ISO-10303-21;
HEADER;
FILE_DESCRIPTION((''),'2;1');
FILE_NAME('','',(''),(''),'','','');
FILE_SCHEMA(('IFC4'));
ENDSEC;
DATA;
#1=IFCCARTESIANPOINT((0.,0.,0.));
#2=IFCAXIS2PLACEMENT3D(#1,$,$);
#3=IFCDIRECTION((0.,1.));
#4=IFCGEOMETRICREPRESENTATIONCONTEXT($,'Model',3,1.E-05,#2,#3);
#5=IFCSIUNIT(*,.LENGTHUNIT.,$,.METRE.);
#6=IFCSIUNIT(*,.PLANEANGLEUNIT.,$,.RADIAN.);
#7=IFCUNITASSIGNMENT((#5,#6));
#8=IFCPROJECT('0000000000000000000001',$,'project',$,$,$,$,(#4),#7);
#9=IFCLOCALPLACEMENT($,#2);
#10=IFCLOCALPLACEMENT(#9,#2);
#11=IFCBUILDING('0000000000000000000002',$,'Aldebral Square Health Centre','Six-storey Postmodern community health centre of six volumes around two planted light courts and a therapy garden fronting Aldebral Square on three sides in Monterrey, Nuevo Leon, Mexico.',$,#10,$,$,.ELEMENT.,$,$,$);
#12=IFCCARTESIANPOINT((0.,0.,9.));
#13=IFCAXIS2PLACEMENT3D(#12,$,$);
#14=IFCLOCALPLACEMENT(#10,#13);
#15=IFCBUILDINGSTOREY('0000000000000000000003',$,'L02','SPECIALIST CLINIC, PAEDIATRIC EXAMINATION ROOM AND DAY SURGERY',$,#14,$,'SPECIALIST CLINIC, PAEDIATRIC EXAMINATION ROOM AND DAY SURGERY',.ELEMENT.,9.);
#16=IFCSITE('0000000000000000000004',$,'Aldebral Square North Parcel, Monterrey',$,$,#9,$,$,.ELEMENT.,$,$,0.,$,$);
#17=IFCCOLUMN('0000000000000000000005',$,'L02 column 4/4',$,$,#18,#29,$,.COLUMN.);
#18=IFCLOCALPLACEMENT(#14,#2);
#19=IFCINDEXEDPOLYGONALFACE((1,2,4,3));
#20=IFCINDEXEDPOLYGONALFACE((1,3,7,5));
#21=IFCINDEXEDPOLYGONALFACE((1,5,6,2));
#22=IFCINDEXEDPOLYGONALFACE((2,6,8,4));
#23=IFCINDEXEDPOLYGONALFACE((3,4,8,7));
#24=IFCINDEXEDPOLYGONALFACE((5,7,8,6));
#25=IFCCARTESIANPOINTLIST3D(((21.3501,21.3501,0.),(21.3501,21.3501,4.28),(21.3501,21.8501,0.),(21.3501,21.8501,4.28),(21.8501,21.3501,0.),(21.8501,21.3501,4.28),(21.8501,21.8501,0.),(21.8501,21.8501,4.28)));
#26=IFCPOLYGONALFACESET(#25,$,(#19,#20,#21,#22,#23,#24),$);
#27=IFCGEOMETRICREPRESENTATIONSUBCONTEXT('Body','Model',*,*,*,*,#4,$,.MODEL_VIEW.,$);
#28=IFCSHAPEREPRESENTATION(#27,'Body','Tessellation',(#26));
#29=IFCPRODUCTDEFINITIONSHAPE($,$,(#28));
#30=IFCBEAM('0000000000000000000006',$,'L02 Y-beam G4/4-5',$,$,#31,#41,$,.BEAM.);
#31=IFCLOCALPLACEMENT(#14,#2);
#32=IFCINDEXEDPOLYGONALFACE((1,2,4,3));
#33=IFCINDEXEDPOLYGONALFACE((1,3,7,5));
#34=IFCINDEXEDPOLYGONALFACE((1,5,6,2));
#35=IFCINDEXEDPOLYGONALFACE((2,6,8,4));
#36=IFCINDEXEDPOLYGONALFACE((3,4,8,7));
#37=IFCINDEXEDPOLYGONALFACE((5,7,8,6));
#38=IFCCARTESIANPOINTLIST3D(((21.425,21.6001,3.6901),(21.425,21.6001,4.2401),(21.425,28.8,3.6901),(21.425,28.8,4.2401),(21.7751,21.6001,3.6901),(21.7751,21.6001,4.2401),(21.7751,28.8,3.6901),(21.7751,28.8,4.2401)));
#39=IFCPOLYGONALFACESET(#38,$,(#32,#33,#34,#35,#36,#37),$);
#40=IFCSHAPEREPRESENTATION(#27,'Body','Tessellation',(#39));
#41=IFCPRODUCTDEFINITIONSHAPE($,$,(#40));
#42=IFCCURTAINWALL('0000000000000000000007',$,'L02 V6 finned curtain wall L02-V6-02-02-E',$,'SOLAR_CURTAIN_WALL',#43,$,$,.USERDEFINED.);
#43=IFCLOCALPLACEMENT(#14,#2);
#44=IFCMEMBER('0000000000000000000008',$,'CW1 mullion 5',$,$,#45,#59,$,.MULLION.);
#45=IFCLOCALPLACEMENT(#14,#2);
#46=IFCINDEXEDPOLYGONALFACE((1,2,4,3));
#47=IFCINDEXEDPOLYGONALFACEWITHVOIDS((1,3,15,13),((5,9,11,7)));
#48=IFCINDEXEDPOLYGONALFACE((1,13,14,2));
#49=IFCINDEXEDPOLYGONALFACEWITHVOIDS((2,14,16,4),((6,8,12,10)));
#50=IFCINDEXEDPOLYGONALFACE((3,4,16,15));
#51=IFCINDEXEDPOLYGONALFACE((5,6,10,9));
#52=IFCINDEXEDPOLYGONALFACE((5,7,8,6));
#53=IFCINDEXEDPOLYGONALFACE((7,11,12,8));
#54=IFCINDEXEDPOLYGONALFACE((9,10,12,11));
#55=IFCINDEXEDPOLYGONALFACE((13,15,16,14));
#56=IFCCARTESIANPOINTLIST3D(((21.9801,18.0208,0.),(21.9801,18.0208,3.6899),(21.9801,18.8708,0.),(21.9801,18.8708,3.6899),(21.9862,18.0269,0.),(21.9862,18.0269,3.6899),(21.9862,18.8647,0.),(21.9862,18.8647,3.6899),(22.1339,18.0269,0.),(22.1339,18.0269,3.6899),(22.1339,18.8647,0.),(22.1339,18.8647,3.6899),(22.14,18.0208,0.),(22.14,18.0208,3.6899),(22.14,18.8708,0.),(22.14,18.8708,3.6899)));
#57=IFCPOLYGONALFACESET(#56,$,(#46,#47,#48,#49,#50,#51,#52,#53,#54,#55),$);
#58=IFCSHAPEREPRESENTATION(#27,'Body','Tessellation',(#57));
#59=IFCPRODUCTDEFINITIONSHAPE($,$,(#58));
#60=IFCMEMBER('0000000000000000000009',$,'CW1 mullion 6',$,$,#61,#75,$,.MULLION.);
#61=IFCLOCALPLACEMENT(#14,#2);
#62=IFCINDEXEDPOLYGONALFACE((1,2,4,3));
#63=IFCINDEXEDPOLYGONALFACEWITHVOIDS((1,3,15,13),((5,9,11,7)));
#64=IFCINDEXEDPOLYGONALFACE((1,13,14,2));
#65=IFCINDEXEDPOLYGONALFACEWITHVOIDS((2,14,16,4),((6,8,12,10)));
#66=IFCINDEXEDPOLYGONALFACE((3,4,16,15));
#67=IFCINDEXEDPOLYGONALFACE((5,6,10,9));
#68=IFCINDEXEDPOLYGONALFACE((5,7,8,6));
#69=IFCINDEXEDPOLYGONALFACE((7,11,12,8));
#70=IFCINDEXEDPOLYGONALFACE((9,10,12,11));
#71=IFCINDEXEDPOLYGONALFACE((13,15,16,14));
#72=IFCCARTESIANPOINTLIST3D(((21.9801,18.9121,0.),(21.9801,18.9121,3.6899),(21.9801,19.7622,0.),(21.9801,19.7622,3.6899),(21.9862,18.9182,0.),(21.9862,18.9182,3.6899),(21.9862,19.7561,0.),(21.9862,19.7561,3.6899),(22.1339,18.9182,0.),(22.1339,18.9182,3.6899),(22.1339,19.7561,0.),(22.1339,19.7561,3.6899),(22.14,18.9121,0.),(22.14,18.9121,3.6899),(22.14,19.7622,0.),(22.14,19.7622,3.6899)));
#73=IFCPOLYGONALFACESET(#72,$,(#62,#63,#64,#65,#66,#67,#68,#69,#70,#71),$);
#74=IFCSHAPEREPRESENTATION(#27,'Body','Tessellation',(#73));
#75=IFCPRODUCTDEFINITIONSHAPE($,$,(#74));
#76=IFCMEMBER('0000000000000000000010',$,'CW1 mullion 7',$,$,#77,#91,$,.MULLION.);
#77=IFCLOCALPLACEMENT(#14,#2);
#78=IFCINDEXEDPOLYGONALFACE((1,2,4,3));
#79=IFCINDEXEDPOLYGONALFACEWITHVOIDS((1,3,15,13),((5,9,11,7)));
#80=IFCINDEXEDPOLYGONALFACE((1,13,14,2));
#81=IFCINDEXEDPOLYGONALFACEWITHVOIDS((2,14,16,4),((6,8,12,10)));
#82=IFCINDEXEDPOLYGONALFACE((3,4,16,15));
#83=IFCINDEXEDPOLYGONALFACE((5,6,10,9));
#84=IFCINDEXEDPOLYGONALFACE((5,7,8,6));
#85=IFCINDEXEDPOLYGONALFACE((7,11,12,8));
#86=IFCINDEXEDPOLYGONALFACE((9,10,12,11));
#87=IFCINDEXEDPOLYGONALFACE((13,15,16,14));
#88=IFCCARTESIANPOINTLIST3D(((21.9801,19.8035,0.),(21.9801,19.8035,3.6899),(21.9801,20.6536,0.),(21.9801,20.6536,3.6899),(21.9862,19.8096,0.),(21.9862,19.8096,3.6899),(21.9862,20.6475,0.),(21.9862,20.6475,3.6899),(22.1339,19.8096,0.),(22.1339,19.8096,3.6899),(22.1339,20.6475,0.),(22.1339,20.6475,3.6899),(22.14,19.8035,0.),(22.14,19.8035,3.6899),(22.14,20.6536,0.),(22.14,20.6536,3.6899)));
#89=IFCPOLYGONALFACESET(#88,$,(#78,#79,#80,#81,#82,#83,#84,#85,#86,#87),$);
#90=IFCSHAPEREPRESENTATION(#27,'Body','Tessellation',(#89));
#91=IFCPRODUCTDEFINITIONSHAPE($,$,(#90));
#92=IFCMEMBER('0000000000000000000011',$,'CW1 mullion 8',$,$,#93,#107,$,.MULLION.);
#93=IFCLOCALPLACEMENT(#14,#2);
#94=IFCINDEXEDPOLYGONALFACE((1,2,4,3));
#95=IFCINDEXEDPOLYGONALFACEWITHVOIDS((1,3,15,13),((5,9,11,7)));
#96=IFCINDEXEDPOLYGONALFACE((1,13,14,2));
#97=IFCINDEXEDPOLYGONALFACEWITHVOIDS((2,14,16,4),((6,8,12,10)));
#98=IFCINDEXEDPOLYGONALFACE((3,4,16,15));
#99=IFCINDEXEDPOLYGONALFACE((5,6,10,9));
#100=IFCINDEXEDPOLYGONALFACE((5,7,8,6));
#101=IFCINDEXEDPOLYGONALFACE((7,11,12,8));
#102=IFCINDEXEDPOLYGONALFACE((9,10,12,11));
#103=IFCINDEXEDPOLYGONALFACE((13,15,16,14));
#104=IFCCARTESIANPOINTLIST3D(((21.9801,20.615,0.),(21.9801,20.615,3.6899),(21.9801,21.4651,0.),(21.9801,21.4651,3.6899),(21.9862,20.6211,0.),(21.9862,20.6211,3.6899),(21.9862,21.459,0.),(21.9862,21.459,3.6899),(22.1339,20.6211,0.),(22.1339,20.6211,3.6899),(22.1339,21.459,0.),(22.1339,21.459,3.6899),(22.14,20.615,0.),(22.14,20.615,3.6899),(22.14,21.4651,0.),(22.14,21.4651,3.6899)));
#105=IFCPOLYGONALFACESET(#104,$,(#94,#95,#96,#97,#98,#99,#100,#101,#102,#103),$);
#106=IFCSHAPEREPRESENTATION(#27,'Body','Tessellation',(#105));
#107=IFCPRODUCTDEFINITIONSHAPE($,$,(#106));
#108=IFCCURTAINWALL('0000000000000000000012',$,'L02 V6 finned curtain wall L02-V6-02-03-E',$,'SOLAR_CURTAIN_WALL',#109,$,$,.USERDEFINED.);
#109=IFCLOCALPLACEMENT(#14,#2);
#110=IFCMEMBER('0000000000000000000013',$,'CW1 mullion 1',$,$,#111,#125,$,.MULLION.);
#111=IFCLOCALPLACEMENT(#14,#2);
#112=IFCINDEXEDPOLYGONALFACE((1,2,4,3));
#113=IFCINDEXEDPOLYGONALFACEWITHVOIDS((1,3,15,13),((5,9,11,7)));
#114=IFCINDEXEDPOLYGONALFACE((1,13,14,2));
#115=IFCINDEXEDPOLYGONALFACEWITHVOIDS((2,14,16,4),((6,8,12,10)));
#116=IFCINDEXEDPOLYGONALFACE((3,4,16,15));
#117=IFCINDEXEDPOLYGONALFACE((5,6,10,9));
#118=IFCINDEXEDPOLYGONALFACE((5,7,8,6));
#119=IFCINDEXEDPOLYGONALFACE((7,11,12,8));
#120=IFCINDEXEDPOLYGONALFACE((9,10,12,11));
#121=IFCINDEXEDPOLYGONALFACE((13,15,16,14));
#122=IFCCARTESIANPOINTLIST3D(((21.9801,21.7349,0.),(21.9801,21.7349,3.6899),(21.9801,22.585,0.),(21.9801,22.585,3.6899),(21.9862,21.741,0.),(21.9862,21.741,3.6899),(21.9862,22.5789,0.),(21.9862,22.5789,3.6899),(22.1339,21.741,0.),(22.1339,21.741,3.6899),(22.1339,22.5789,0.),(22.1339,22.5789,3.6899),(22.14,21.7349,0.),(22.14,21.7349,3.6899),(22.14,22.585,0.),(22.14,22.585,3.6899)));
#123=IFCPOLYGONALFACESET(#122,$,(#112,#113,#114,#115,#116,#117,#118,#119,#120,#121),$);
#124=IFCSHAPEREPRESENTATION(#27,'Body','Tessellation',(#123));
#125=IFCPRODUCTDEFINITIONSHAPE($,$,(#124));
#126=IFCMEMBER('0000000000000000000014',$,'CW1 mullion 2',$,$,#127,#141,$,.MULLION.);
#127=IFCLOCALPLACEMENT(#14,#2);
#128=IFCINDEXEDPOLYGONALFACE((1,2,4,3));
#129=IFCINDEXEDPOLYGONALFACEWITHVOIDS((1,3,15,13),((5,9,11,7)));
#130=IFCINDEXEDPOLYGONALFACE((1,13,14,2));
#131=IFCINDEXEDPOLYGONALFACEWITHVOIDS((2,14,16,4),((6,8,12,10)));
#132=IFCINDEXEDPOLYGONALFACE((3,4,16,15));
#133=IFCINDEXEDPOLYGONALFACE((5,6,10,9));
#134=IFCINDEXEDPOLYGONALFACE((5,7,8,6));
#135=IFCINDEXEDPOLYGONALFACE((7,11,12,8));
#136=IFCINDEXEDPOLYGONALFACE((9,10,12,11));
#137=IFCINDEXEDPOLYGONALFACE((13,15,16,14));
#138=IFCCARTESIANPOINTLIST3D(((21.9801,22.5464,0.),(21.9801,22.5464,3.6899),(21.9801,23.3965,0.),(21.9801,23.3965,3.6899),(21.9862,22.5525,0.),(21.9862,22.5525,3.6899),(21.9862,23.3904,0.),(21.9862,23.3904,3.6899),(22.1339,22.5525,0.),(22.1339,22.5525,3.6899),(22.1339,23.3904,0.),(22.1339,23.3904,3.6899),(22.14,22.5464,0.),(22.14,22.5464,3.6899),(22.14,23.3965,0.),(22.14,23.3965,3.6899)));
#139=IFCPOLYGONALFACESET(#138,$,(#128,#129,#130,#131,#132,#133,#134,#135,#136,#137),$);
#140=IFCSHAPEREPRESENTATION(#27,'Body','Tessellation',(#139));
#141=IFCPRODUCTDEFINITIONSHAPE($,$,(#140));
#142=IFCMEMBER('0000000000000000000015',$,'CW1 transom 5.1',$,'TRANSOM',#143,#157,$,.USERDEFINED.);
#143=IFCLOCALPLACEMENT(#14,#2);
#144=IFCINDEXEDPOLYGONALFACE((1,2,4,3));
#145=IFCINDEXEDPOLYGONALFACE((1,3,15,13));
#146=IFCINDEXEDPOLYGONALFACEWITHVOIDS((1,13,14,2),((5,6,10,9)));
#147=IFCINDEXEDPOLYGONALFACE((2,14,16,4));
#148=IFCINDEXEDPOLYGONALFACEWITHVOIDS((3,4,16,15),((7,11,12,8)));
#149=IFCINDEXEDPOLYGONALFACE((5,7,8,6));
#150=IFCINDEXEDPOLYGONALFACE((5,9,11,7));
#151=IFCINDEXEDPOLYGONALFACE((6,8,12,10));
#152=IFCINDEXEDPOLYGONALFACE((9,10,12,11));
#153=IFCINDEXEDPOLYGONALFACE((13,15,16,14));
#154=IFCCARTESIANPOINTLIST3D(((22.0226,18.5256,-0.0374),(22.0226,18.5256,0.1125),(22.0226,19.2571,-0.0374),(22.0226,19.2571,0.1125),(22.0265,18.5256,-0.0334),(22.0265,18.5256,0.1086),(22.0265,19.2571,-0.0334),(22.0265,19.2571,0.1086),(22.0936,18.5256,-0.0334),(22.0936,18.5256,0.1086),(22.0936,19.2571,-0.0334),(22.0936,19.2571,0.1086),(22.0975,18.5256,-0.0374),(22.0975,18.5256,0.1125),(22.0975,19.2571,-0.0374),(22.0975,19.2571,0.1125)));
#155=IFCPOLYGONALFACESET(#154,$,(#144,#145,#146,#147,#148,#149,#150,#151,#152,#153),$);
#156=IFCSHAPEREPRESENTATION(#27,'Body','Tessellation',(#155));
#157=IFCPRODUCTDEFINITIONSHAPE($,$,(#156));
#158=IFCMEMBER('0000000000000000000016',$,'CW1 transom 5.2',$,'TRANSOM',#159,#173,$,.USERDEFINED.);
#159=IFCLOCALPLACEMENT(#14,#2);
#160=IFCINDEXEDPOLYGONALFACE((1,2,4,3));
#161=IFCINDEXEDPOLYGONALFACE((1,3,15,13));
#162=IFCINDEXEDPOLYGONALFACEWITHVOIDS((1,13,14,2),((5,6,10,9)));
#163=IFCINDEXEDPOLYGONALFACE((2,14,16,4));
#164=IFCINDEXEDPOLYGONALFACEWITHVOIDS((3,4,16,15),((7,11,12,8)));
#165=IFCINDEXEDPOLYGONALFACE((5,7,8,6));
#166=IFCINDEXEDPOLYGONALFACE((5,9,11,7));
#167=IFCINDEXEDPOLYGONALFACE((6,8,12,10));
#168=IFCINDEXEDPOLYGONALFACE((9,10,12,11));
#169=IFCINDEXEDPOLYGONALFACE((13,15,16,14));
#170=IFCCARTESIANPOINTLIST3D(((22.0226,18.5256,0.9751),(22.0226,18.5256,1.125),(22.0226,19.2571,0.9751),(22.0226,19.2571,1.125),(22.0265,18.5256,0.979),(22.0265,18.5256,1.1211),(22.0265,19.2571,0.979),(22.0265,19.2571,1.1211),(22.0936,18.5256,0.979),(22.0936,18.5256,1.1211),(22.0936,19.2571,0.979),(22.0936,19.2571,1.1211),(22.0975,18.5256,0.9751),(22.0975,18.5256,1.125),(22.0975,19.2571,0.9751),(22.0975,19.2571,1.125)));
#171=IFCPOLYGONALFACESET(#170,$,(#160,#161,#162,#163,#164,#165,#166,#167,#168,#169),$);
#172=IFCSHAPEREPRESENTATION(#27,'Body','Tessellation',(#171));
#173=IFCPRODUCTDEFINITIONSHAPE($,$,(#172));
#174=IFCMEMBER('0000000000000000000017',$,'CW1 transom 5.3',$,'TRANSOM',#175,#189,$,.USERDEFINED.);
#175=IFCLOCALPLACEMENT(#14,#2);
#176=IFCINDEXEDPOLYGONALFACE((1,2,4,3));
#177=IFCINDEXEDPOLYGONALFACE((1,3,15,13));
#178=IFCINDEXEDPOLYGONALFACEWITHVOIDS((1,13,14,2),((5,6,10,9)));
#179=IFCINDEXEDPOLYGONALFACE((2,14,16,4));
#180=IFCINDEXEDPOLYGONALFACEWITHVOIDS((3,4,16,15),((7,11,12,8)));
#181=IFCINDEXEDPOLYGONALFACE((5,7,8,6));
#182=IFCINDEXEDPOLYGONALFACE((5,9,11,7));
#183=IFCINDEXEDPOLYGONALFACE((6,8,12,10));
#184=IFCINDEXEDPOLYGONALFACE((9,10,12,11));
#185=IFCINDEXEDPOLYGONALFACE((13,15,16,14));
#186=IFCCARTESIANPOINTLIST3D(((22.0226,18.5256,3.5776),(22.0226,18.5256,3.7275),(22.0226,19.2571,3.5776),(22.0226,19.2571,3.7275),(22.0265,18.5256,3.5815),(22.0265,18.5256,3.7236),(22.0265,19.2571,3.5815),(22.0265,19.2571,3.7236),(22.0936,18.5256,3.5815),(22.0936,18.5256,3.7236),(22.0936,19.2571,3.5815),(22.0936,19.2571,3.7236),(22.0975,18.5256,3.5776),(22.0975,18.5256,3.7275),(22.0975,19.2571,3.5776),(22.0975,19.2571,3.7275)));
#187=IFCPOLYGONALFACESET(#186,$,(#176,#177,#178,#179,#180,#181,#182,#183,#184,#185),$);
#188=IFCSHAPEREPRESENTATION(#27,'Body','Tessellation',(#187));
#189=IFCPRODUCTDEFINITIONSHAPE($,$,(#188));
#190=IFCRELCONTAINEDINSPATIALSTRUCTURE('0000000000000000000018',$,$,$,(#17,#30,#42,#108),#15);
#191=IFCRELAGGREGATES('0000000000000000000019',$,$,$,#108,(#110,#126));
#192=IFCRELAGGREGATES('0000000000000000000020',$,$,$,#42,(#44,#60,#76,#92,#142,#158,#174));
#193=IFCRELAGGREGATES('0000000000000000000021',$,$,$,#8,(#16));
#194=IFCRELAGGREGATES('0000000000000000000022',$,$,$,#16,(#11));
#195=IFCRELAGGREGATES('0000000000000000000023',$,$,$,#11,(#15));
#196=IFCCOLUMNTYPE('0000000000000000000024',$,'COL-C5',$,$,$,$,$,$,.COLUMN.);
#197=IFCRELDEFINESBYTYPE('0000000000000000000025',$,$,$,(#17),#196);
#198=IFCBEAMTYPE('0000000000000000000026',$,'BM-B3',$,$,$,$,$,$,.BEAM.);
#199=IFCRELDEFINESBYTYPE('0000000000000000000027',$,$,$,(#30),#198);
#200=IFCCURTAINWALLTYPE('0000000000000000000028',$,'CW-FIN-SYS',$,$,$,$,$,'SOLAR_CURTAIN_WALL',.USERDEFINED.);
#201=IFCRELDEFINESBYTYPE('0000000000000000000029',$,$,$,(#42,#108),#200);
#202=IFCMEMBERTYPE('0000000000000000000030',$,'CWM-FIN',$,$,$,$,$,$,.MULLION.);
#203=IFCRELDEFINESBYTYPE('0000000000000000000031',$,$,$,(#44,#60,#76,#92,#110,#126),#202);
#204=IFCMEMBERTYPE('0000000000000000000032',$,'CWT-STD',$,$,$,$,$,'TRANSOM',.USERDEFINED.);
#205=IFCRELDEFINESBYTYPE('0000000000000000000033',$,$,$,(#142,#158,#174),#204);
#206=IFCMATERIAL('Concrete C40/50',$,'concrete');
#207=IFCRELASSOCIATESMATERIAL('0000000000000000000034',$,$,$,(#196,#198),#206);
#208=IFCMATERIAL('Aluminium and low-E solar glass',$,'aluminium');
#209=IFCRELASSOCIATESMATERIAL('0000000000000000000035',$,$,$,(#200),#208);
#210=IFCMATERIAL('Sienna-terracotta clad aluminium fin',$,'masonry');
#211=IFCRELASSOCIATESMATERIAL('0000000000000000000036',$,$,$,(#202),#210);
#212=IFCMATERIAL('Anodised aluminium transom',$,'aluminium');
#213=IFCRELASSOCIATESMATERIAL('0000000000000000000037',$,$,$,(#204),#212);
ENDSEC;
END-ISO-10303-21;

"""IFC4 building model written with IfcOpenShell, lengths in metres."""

from ifc_helpers import new_model, si_unit, direction, frame, origin, origin_2d, place, context, subcontext, project, spatial, rectangle, hollow_rectangle, extrude, material, material_profile, profile_set, type_object, element, aggregate, save


model = new_model("IFC4")

# Units and contexts
model_context = context("Model", 3, precision=1e-05, world=origin(), true_north=direction((0.0, 1.0)))
body_context = subcontext(model_context, "Body", "Model", "MODEL_VIEW")
ifc_project = project(units=[si_unit("LENGTHUNIT", "METRE"), si_unit("PLANEANGLEUNIT", "RADIAN")], contexts=[model_context])

# Site, building, storey
site_placement = place(None, origin())
site = spatial("IfcSite", under=ifc_project, at=site_placement, Name="Aldebral Square North Parcel, Monterrey", CompositionType="ELEMENT", RefElevation=0.0)
building_placement = place(site_placement, origin())
building = spatial("IfcBuilding", under=site, at=building_placement, Name="Aldebral Square Health Centre", Description="Six-storey Postmodern community health centre of six volumes around two planted light courts and a therapy garden fronting Aldebral Square on three sides in Monterrey, Nuevo Leon, Mexico.", CompositionType="ELEMENT")
storey_placement = place(building_placement, frame((0.0, 0.0, 9.0)))
storey = spatial("IfcBuildingStorey", under=building, at=storey_placement, Name="L02", Description="SPECIALIST CLINIC, PAEDIATRIC EXAMINATION ROOM AND DAY SURGERY", LongName="SPECIALIST CLINIC, PAEDIATRIC EXAMINATION ROOM AND DAY SURGERY", CompositionType="ELEMENT", Elevation=9.0)

# Column
ifc_material_1 = material(Name="Concrete C40/50", Category="concrete")
ifc_material_profile_1 = material_profile(ifc_material_1, rectangle(XDim=0.5, YDim=0.5, at=origin_2d()), Name="RC 500x500")
ifc_profile_set_1 = profile_set([ifc_material_profile_1], Name="Concrete C40/50")
column_type = type_object("IfcColumnType", Name="COL-C5", PredefinedType="COLUMN", material=ifc_profile_set_1)
column_placement = place(storey_placement, frame((21.6001, 21.6001, 0.0), z_axis=(0.0, 0.0, 1.0), x_axis=(1.0, 0.0, 0.0)))
element("IfcColumn", 1, at=column_placement, inside=storey, type_object=column_type, Name="L02 column 4/4", PredefinedType="COLUMN", context=body_context, shape_type="SweptSolid", body=[
    extrude(rectangle(XDim=0.5, YDim=0.5, at=origin_2d()), origin(), (0.0, 0.0, 1.0), 4.28),
])

# Beam
ifc_material_profile_2 = material_profile(ifc_material_1, rectangle(XDim=0.3501, YDim=0.55, at=origin_2d()), Name="RC 350x550")
ifc_profile_set_2 = profile_set([ifc_material_profile_2], Name="Concrete C40/50")
beam_type = type_object("IfcBeamType", Name="BM-B3", PredefinedType="BEAM", material=ifc_profile_set_2)
beam_placement = place(storey_placement, frame((21.6001, 21.6001, 3.9651), z_axis=(0.0, 1.0, 0.0), x_axis=(-1.0, 0.0, 0.0)))
element("IfcBeam", 2, at=beam_placement, inside=storey, type_object=beam_type, Name="L02 Y-beam G4/4-5", PredefinedType="BEAM", context=body_context, shape_type="SweptSolid", body=[
    extrude(rectangle(XDim=0.3501, YDim=0.55, at=origin_2d()), origin(), (0.0, 0.0, 1.0), 7.2),
])

# Curtain walls, members
ifc_material_2 = material(Name="Aluminium and low-E solar glass", Category="aluminium")
curtain_wall_type = type_object("IfcCurtainWallType", Name="CW-FIN-SYS", ElementType="SOLAR_CURTAIN_WALL", PredefinedType="USERDEFINED", material=ifc_material_2)
curtain_wall_1_placement = place(storey_placement, origin())
curtain_wall_1 = element("IfcCurtainWall", 3, at=curtain_wall_1_placement, inside=storey, type_object=curtain_wall_type, Name="L02 V6 finned curtain wall L02-V6-02-02-E", ObjectType="SOLAR_CURTAIN_WALL", PredefinedType="USERDEFINED")
ifc_material_3 = material(Name="Sienna-terracotta clad aluminium fin", Category="masonry")
ifc_material_profile_3 = material_profile(ifc_material_3, hollow_rectangle(XDim=0.1599, YDim=0.8501, WallThickness=0.0061, at=origin_2d()), Name="FIN 160x850x6")
ifc_profile_set_3 = profile_set([ifc_material_profile_3], Name="Sienna-terracotta clad aluminium fin")
member_type_1 = type_object("IfcMemberType", Name="CWM-FIN", PredefinedType="MULLION", material=ifc_profile_set_3)
member_1_placement = place(storey_placement, frame((22.0601, 18.4458, 0.0), z_axis=(0.0, 0.0, 1.0), x_axis=(-1.0, 0.0, 0.0)))
member_1 = element("IfcMember", 4, at=member_1_placement, type_object=member_type_1, Name="CW1 mullion 5", PredefinedType="MULLION", context=body_context, shape_type="SweptSolid", body=[
    extrude(hollow_rectangle(XDim=0.1599, YDim=0.8501, WallThickness=0.0061, at=origin_2d()), origin(), (0.0, 0.0, 1.0), 3.6899),
])
member_2_placement = place(storey_placement, frame((22.0601, 19.3372, 0.0), z_axis=(0.0, 0.0, 1.0), x_axis=(-1.0, 0.0, 0.0)))
member_2 = element("IfcMember", 5, at=member_2_placement, type_object=member_type_1, Name="CW1 mullion 6", PredefinedType="MULLION", context=body_context, shape_type="SweptSolid", body=[
    extrude(hollow_rectangle(XDim=0.1599, YDim=0.8501, WallThickness=0.0061, at=origin_2d()), origin(), (0.0, 0.0, 1.0), 3.6899),
])
member_3_placement = place(storey_placement, frame((22.0601, 20.2285, 0.0), z_axis=(0.0, 0.0, 1.0), x_axis=(-1.0, 0.0, 0.0)))
member_3 = element("IfcMember", 6, at=member_3_placement, type_object=member_type_1, Name="CW1 mullion 7", PredefinedType="MULLION", context=body_context, shape_type="SweptSolid", body=[
    extrude(hollow_rectangle(XDim=0.1599, YDim=0.8501, WallThickness=0.0061, at=origin_2d()), origin(), (0.0, 0.0, 1.0), 3.6899),
])
member_4_placement = place(storey_placement, frame((22.0601, 21.04, 0.0), z_axis=(0.0, 0.0, 1.0), x_axis=(-1.0, 0.0, 0.0)))
member_4 = element("IfcMember", 7, at=member_4_placement, type_object=member_type_1, Name="CW1 mullion 8", PredefinedType="MULLION", context=body_context, shape_type="SweptSolid", body=[
    extrude(hollow_rectangle(XDim=0.1599, YDim=0.8501, WallThickness=0.0061, at=origin_2d()), origin(), (0.0, 0.0, 1.0), 3.6899),
])
curtain_wall_2_placement = place(storey_placement, origin())
curtain_wall_2 = element("IfcCurtainWall", 8, at=curtain_wall_2_placement, inside=storey, type_object=curtain_wall_type, Name="L02 V6 finned curtain wall L02-V6-02-03-E", ObjectType="SOLAR_CURTAIN_WALL", PredefinedType="USERDEFINED")
member_5_placement = place(storey_placement, frame((22.0601, 22.1599, 0.0), z_axis=(0.0, 0.0, 1.0), x_axis=(-1.0, 0.0, 0.0)))
member_5 = element("IfcMember", 9, at=member_5_placement, type_object=member_type_1, Name="CW1 mullion 1", PredefinedType="MULLION", context=body_context, shape_type="SweptSolid", body=[
    extrude(hollow_rectangle(XDim=0.1599, YDim=0.8501, WallThickness=0.0061, at=origin_2d()), origin(), (0.0, 0.0, 1.0), 3.6899),
])
member_6_placement = place(storey_placement, frame((22.0601, 22.9714, 0.0), z_axis=(0.0, 0.0, 1.0), x_axis=(-1.0, 0.0, 0.0)))
member_6 = element("IfcMember", 10, at=member_6_placement, type_object=member_type_1, Name="CW1 mullion 2", PredefinedType="MULLION", context=body_context, shape_type="SweptSolid", body=[
    extrude(hollow_rectangle(XDim=0.1599, YDim=0.8501, WallThickness=0.0061, at=origin_2d()), origin(), (0.0, 0.0, 1.0), 3.6899),
])

# Members
ifc_material_4 = material(Name="Anodised aluminium transom", Category="aluminium")
ifc_material_profile_4 = material_profile(ifc_material_4, hollow_rectangle(XDim=0.075, YDim=0.1499, WallThickness=0.0039, at=origin_2d()), Name="CWT 75x150x4")
ifc_profile_set_4 = profile_set([ifc_material_profile_4], Name="Anodised aluminium transom")
member_type_2 = type_object("IfcMemberType", Name="CWT-STD", ElementType="TRANSOM", PredefinedType="USERDEFINED", material=ifc_profile_set_4)
member_7_placement = place(storey_placement, frame((22.0601, 18.5256, 0.0376), z_axis=(0.0, 1.0, 0.0), x_axis=(-1.0, 0.0, 0.0)))
member_7 = element("IfcMember", 11, at=member_7_placement, type_object=member_type_2, Name="CW1 transom 5.1", ObjectType="TRANSOM", PredefinedType="USERDEFINED", context=body_context, shape_type="SweptSolid", body=[
    extrude(hollow_rectangle(XDim=0.075, YDim=0.1499, WallThickness=0.0039, at=origin_2d()), origin(), (0.0, 0.0, 1.0), 0.7314),
])
member_8_placement = place(storey_placement, frame((22.0601, 18.5256, 1.05), z_axis=(0.0, 1.0, 0.0), x_axis=(-1.0, 0.0, 0.0)))
member_8 = element("IfcMember", 12, at=member_8_placement, type_object=member_type_2, Name="CW1 transom 5.2", ObjectType="TRANSOM", PredefinedType="USERDEFINED", context=body_context, shape_type="SweptSolid", body=[
    extrude(hollow_rectangle(XDim=0.075, YDim=0.1499, WallThickness=0.0039, at=origin_2d()), origin(), (0.0, 0.0, 1.0), 0.7314),
])
member_9_placement = place(storey_placement, frame((22.0601, 18.5256, 3.6526), z_axis=(0.0, 1.0, 0.0), x_axis=(-1.0, 0.0, 0.0)))
member_9 = element("IfcMember", 13, at=member_9_placement, type_object=member_type_2, Name="CW1 transom 5.3", ObjectType="TRANSOM", PredefinedType="USERDEFINED", context=body_context, shape_type="SweptSolid", body=[
    extrude(hollow_rectangle(XDim=0.075, YDim=0.1499, WallThickness=0.0039, at=origin_2d()), origin(), (0.0, 0.0, 1.0), 0.7314),
])

aggregate(curtain_wall_2, [member_5, member_6])
aggregate(curtain_wall_1, [member_1, member_2, member_3, member_4, member_7, member_8, member_9])

save(model, "model.ifc")
